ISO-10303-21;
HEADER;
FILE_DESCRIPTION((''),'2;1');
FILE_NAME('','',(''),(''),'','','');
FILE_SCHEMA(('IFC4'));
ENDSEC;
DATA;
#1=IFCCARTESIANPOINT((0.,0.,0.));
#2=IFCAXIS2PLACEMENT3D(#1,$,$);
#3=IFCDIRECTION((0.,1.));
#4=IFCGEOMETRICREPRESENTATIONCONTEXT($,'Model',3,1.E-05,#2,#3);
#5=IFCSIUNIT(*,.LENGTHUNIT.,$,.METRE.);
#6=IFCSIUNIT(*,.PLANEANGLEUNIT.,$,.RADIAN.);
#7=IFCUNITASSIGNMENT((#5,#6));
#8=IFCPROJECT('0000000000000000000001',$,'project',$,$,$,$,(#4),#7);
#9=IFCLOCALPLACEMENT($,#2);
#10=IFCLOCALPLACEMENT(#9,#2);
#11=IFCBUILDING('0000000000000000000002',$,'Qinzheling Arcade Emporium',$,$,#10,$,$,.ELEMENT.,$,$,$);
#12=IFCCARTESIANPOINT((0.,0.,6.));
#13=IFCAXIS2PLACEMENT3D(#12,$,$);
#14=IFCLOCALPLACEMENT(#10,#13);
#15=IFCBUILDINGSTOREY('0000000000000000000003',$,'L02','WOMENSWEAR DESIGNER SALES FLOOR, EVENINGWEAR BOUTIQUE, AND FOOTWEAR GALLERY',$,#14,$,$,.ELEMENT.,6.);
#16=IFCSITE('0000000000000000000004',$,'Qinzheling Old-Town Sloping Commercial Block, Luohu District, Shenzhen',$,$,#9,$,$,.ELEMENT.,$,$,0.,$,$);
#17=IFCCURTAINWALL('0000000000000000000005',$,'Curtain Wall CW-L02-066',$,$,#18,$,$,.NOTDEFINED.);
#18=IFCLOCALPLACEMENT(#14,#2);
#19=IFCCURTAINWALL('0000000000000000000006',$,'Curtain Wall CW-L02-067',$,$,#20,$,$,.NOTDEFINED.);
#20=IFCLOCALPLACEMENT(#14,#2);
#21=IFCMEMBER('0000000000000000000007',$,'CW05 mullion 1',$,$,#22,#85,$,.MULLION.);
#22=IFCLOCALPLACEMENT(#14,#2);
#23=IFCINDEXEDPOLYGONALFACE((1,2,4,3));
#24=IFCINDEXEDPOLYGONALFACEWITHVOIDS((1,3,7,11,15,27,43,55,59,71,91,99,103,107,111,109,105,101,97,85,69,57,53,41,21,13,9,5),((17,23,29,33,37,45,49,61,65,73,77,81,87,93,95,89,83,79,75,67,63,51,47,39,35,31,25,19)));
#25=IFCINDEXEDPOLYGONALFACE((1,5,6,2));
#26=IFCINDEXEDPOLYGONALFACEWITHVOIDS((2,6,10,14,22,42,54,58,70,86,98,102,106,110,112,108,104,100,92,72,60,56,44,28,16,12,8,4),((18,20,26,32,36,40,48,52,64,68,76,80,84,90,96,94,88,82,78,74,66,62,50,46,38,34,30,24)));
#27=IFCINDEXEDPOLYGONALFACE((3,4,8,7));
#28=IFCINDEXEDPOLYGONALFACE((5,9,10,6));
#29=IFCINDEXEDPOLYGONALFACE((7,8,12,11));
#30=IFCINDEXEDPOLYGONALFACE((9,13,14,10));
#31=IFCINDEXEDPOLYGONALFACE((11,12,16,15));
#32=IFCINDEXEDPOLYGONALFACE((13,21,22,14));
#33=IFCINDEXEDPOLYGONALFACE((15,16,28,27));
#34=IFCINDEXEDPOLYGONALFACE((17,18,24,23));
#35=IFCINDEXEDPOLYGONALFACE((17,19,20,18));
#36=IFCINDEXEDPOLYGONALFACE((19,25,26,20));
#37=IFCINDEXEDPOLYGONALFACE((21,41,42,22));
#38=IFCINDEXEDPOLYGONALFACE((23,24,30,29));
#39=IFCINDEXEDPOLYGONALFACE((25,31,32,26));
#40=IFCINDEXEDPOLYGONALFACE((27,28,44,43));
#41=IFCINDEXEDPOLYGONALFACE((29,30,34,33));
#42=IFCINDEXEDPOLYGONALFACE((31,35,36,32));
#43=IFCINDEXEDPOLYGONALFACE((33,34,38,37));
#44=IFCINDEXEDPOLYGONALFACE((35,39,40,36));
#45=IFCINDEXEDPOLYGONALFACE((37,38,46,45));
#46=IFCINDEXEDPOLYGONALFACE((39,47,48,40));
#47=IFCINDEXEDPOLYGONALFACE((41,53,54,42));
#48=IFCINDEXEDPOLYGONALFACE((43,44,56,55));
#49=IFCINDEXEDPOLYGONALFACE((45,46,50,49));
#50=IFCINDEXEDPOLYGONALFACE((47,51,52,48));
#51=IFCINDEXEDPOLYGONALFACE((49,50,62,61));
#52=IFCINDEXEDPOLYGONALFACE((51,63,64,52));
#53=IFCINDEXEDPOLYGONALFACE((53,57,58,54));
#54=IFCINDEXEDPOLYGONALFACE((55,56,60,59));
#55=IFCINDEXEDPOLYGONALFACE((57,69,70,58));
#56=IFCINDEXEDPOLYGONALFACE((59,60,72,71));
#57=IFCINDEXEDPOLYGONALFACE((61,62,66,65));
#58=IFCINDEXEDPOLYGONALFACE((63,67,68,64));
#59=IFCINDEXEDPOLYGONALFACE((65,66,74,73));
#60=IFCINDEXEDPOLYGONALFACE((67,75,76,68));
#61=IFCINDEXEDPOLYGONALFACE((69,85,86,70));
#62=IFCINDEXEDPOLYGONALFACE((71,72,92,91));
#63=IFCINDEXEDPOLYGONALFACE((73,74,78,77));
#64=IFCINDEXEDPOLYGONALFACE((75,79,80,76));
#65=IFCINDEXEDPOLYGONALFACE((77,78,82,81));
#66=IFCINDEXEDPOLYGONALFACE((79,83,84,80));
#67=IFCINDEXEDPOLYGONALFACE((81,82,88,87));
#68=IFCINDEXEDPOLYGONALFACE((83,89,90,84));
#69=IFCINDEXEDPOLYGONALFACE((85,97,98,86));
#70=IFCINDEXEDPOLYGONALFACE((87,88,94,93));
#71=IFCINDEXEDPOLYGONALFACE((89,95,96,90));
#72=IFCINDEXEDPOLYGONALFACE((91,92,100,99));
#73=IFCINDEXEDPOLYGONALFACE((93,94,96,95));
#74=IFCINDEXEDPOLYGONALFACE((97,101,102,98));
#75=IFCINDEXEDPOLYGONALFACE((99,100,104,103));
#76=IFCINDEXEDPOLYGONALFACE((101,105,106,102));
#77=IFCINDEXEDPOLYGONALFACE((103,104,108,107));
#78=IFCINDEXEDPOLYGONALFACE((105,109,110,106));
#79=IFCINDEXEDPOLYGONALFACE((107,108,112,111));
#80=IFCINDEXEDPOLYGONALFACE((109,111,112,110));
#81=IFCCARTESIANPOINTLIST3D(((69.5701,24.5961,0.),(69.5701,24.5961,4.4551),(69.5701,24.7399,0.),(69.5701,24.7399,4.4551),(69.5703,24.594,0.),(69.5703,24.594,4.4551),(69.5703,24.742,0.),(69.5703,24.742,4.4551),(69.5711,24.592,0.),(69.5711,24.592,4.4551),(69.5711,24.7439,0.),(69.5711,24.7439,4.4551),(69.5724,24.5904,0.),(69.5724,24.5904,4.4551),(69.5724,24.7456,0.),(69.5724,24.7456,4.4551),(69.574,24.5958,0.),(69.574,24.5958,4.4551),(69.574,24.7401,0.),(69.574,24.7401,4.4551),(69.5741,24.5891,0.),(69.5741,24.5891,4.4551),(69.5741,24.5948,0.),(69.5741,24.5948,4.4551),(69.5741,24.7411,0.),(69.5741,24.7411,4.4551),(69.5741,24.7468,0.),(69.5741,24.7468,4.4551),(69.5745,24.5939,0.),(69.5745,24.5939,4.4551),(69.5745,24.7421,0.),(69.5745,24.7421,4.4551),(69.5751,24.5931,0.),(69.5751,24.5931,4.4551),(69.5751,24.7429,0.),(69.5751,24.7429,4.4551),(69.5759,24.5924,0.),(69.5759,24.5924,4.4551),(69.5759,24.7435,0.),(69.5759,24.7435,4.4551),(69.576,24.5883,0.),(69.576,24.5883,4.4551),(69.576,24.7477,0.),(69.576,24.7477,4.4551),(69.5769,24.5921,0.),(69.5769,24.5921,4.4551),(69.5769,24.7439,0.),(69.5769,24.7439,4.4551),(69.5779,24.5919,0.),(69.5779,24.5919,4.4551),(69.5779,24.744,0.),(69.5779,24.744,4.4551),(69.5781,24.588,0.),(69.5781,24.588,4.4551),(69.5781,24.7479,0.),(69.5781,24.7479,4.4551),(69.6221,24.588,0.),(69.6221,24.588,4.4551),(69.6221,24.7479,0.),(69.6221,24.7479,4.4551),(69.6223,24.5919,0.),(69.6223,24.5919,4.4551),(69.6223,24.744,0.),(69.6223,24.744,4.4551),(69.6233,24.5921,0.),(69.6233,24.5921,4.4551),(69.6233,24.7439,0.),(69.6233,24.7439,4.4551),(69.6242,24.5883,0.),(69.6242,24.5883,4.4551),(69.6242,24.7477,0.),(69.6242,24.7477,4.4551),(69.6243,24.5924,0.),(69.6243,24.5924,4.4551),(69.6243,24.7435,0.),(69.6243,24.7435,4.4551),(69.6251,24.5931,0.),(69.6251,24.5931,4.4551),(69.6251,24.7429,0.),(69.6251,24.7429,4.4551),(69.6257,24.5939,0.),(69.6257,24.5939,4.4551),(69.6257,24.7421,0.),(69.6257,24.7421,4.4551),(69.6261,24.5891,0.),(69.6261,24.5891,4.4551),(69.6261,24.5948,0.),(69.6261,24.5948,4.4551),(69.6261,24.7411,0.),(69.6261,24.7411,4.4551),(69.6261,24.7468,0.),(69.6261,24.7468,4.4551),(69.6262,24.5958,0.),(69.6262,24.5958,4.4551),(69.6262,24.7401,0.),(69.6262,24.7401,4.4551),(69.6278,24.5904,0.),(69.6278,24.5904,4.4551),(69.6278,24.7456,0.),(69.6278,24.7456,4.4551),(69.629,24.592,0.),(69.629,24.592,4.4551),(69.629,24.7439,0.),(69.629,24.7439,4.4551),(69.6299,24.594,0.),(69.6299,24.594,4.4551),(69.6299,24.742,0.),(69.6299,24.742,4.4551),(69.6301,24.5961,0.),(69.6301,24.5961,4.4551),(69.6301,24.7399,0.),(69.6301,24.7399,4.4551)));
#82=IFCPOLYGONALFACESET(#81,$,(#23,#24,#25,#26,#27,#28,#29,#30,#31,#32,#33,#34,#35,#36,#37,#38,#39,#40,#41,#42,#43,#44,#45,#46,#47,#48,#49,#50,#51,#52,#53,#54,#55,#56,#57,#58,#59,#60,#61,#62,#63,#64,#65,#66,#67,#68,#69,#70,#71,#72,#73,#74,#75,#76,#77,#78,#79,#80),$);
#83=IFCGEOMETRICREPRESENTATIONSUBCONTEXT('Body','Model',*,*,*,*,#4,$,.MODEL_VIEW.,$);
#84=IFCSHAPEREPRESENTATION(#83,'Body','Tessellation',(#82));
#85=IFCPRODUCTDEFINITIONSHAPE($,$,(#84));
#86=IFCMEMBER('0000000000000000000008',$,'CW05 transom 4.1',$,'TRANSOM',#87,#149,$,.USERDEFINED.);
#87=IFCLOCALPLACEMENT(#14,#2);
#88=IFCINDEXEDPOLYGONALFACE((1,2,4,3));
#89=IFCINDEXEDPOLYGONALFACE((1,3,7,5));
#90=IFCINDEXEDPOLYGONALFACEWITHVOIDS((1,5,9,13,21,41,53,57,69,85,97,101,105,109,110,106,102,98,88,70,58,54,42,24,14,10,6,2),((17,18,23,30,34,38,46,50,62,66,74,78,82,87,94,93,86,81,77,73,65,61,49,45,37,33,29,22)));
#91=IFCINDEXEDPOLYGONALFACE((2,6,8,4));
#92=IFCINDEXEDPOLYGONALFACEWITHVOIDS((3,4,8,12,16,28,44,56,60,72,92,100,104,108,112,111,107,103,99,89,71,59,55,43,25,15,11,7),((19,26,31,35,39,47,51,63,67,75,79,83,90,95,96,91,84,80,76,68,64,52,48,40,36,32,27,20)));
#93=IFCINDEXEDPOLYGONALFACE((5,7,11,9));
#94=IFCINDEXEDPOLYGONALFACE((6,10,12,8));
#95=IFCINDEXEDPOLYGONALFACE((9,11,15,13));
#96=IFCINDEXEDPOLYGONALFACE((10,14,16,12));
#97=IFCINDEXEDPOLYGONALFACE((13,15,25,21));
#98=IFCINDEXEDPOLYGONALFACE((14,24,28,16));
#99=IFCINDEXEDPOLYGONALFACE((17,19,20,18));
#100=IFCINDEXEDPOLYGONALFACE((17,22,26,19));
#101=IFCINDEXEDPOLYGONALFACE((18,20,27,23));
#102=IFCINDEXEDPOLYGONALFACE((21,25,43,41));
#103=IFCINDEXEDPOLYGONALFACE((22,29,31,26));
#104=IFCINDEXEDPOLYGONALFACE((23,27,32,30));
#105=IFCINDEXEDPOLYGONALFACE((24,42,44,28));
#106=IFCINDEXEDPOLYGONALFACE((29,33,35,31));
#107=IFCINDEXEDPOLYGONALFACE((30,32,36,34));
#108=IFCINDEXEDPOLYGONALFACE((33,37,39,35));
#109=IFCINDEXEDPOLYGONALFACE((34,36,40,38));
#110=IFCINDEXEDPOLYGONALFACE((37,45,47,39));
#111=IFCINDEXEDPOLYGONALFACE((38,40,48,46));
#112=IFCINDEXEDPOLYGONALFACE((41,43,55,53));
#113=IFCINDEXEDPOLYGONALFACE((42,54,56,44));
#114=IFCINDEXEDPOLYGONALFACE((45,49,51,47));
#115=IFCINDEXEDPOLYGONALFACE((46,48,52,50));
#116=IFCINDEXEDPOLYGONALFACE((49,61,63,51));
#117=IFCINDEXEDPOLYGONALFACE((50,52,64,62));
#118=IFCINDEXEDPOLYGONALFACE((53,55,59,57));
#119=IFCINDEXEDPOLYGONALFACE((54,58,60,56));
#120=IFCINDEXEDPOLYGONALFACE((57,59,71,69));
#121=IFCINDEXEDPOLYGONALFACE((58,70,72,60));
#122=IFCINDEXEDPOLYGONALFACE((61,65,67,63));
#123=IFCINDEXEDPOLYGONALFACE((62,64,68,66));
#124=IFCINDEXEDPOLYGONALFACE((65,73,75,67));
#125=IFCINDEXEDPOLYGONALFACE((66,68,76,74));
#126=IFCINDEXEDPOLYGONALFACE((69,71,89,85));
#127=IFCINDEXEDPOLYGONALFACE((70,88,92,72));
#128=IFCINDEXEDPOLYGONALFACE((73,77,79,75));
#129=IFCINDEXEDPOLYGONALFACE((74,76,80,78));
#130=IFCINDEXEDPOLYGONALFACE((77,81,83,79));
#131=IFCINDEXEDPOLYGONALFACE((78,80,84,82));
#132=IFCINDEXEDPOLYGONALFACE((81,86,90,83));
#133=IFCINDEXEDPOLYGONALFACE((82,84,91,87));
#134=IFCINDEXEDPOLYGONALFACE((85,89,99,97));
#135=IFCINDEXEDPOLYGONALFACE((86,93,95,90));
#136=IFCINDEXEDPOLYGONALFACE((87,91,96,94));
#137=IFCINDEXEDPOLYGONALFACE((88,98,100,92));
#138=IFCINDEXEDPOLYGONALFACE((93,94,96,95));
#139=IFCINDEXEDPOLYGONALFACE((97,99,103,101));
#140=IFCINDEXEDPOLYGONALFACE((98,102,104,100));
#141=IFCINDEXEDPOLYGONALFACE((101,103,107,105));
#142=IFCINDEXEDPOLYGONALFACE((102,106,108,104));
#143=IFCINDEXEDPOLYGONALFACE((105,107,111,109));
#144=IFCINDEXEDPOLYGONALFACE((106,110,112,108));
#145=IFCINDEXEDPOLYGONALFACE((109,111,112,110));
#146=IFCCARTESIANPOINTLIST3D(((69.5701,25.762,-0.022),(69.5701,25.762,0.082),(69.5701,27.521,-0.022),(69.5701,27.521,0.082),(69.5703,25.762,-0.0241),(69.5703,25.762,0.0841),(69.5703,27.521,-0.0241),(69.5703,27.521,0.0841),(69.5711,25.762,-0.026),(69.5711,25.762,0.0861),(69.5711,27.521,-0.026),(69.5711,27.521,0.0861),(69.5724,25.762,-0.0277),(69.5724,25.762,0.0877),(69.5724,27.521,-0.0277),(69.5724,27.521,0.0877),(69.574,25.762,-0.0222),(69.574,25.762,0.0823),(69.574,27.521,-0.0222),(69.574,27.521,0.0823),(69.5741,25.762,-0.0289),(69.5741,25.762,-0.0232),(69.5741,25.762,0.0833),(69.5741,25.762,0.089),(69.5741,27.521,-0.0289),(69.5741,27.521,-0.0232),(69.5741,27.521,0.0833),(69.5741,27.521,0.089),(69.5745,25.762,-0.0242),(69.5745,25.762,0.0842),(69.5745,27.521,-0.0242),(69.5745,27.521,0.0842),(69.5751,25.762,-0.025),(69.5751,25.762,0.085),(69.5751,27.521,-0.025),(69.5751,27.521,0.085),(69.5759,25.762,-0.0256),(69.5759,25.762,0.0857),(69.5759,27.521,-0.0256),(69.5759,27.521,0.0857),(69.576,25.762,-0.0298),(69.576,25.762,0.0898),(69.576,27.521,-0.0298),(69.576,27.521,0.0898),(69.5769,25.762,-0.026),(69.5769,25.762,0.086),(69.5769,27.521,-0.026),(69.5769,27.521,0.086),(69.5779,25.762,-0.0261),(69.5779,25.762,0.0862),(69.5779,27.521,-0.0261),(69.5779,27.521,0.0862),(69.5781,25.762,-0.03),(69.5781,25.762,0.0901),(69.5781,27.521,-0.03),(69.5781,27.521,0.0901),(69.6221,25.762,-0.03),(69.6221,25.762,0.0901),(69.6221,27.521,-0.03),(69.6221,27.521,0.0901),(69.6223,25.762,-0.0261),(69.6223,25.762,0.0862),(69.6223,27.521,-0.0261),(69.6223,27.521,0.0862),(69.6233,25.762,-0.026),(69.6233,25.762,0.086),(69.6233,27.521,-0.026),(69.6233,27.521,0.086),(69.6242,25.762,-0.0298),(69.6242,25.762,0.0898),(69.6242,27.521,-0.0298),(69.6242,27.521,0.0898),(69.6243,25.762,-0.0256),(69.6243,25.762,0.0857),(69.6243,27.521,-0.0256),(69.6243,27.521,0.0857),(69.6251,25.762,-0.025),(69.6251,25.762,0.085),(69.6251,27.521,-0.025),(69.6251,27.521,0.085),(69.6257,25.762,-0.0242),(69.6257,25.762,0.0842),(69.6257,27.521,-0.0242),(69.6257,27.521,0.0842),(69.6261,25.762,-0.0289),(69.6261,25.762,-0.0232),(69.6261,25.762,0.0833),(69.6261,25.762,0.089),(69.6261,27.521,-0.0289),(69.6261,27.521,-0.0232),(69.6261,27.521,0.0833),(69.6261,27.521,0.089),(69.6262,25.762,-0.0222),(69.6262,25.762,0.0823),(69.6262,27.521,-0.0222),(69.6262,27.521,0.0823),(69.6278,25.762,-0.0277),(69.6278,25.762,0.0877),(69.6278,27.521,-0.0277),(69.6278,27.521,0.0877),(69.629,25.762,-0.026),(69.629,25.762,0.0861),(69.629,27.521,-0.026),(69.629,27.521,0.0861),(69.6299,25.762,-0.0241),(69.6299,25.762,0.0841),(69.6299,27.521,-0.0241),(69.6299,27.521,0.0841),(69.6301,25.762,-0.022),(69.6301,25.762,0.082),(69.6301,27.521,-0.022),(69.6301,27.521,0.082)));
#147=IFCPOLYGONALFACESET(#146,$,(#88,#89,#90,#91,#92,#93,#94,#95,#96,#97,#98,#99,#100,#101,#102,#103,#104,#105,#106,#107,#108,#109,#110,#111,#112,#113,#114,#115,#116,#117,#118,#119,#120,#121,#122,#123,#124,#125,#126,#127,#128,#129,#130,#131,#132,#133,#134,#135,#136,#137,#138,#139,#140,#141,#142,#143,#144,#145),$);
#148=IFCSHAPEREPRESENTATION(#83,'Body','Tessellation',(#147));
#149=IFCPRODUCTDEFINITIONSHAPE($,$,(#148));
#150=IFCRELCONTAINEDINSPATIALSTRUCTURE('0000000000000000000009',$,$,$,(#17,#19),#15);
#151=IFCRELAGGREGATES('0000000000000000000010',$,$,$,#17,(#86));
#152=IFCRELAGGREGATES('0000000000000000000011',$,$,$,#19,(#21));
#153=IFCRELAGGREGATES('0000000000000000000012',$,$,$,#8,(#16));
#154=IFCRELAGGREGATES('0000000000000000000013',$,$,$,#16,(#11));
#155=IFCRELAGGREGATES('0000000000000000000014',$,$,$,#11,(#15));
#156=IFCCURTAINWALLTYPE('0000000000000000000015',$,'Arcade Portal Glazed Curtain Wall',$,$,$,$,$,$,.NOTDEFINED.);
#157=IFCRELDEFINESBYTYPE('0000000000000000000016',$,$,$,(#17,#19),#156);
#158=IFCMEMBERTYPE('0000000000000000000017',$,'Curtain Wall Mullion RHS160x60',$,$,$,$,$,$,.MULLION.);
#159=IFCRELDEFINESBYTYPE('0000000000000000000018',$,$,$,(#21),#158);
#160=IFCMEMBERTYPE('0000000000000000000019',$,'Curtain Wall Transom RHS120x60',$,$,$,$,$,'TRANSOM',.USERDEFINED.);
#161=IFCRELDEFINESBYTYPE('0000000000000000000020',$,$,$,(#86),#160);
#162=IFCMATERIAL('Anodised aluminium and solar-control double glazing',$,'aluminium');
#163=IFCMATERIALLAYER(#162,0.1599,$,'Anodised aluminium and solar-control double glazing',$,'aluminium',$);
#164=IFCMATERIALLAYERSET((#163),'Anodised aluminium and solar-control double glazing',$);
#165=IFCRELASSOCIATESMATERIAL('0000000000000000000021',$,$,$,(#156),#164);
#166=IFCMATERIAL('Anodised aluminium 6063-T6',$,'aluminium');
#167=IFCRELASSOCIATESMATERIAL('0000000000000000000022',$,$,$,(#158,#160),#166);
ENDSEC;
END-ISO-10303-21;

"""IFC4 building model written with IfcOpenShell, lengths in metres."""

from ifc_helpers import new_model, si_unit, direction, frame, origin, origin_2d, place, context, subcontext, project, spatial, hollow_rectangle, extrude, material, layer, layer_set, material_profile, profile_set, type_object, element, aggregate, save


model = new_model("IFC4")

# Units and contexts
model_context = context("Model", 3, precision=1e-05, world=origin(), true_north=direction((0.0, 1.0)))
body_context = subcontext(model_context, "Body", "Model", "MODEL_VIEW")
ifc_project = project(units=[si_unit("LENGTHUNIT", "METRE"), si_unit("PLANEANGLEUNIT", "RADIAN")], contexts=[model_context])

# Site, building, storey
site_placement = place(None, origin())
site = spatial("IfcSite", under=ifc_project, at=site_placement, Name="Qinzheling Old-Town Sloping Commercial Block, Luohu District, Shenzhen", CompositionType="ELEMENT", RefElevation=0.0)
building_placement = place(site_placement, origin())
building = spatial("IfcBuilding", under=site, at=building_placement, Name="Qinzheling Arcade Emporium", CompositionType="ELEMENT")
storey_placement = place(building_placement, frame((0.0, 0.0, 6.0)))
storey = spatial("IfcBuildingStorey", under=building, at=storey_placement, Name="L02", Description="WOMENSWEAR DESIGNER SALES FLOOR, EVENINGWEAR BOUTIQUE, AND FOOTWEAR GALLERY", CompositionType="ELEMENT", Elevation=6.0)

# Curtain wall
ifc_material_1 = material(Name="Anodised aluminium and solar-control double glazing", Category="aluminium")
ifc_layer_1 = layer(ifc_material_1, 0.1599, Name="Anodised aluminium and solar-control double glazing", Category="aluminium")
ifc_layer_set_1 = layer_set([ifc_layer_1], Name="Anodised aluminium and solar-control double glazing")
curtain_wall_type = type_object("IfcCurtainWallType", Name="Arcade Portal Glazed Curtain Wall", PredefinedType="NOTDEFINED", material=ifc_layer_set_1)
curtain_wall_1_placement = place(storey_placement, origin())
curtain_wall_1 = element("IfcCurtainWall", 1, at=curtain_wall_1_placement, inside=storey, type_object=curtain_wall_type, Name="Curtain Wall CW-L02-066", PredefinedType="NOTDEFINED")
ifc_material_2 = material(Name="Anodised aluminium 6063-T6", Category="aluminium")
ifc_material_profile_1 = material_profile(ifc_material_2, hollow_rectangle(XDim=0.0601, YDim=0.1599, WallThickness=0.0039, InnerFilletRadius=0.0039, OuterFilletRadius=0.0081, at=origin_2d()), Name="RHS 160x60x4", Category="aluminium")
ifc_profile_set_1 = profile_set([ifc_material_profile_1], Name="Anodised aluminium 6063-T6")
member_type_1 = type_object("IfcMemberType", Name="Curtain Wall Mullion RHS160x60", PredefinedType="MULLION", material=ifc_profile_set_1)

# Curtain wall, member
curtain_wall_2_placement = place(storey_placement, origin())
curtain_wall_2 = element("IfcCurtainWall", 2, at=curtain_wall_2_placement, inside=storey, type_object=curtain_wall_type, Name="Curtain Wall CW-L02-067", PredefinedType="NOTDEFINED")
member_1_placement = place(storey_placement, frame((69.6001, 24.668, 0.0), z_axis=(0.0, 0.0, 1.0), x_axis=(1.0, 0.0, 0.0)))
member_1 = element("IfcMember", 3, at=member_1_placement, type_object=member_type_1, Name="CW05 mullion 1", PredefinedType="MULLION", context=body_context, shape_type="SweptSolid", body=[
    extrude(hollow_rectangle(XDim=0.0601, YDim=0.1599, WallThickness=0.0039, InnerFilletRadius=0.0039, OuterFilletRadius=0.0081, at=origin_2d()), origin(), (0.0, 0.0, 1.0), 4.4551),
])

# Member
ifc_material_profile_2 = material_profile(ifc_material_2, hollow_rectangle(XDim=0.0601, YDim=0.1201, WallThickness=0.0039, InnerFilletRadius=0.0039, OuterFilletRadius=0.0081, at=origin_2d()), Name="RHS 120x60x4", Category="aluminium")
ifc_profile_set_2 = profile_set([ifc_material_profile_2], Name="Anodised aluminium 6063-T6")
member_type_2 = type_object("IfcMemberType", Name="Curtain Wall Transom RHS120x60", ElementType="TRANSOM", PredefinedType="USERDEFINED", material=ifc_profile_set_2)
member_2_placement = place(storey_placement, frame((69.6001, 27.521, 0.03), z_axis=(0.0, -1.0, 0.0), x_axis=(1.0, 0.0, 0.0)))
member_2 = element("IfcMember", 4, at=member_2_placement, type_object=member_type_2, Name="CW05 transom 4.1", ObjectType="TRANSOM", PredefinedType="USERDEFINED", context=body_context, shape_type="SweptSolid", body=[
    extrude(hollow_rectangle(XDim=0.0601, YDim=0.1201, WallThickness=0.0039, InnerFilletRadius=0.0039, OuterFilletRadius=0.0081, at=origin_2d()), origin(), (0.0, 0.0, 1.0), 1.759),
])

aggregate(curtain_wall_1, [member_2])
aggregate(curtain_wall_2, [member_1])

save(model, "model.ifc")
